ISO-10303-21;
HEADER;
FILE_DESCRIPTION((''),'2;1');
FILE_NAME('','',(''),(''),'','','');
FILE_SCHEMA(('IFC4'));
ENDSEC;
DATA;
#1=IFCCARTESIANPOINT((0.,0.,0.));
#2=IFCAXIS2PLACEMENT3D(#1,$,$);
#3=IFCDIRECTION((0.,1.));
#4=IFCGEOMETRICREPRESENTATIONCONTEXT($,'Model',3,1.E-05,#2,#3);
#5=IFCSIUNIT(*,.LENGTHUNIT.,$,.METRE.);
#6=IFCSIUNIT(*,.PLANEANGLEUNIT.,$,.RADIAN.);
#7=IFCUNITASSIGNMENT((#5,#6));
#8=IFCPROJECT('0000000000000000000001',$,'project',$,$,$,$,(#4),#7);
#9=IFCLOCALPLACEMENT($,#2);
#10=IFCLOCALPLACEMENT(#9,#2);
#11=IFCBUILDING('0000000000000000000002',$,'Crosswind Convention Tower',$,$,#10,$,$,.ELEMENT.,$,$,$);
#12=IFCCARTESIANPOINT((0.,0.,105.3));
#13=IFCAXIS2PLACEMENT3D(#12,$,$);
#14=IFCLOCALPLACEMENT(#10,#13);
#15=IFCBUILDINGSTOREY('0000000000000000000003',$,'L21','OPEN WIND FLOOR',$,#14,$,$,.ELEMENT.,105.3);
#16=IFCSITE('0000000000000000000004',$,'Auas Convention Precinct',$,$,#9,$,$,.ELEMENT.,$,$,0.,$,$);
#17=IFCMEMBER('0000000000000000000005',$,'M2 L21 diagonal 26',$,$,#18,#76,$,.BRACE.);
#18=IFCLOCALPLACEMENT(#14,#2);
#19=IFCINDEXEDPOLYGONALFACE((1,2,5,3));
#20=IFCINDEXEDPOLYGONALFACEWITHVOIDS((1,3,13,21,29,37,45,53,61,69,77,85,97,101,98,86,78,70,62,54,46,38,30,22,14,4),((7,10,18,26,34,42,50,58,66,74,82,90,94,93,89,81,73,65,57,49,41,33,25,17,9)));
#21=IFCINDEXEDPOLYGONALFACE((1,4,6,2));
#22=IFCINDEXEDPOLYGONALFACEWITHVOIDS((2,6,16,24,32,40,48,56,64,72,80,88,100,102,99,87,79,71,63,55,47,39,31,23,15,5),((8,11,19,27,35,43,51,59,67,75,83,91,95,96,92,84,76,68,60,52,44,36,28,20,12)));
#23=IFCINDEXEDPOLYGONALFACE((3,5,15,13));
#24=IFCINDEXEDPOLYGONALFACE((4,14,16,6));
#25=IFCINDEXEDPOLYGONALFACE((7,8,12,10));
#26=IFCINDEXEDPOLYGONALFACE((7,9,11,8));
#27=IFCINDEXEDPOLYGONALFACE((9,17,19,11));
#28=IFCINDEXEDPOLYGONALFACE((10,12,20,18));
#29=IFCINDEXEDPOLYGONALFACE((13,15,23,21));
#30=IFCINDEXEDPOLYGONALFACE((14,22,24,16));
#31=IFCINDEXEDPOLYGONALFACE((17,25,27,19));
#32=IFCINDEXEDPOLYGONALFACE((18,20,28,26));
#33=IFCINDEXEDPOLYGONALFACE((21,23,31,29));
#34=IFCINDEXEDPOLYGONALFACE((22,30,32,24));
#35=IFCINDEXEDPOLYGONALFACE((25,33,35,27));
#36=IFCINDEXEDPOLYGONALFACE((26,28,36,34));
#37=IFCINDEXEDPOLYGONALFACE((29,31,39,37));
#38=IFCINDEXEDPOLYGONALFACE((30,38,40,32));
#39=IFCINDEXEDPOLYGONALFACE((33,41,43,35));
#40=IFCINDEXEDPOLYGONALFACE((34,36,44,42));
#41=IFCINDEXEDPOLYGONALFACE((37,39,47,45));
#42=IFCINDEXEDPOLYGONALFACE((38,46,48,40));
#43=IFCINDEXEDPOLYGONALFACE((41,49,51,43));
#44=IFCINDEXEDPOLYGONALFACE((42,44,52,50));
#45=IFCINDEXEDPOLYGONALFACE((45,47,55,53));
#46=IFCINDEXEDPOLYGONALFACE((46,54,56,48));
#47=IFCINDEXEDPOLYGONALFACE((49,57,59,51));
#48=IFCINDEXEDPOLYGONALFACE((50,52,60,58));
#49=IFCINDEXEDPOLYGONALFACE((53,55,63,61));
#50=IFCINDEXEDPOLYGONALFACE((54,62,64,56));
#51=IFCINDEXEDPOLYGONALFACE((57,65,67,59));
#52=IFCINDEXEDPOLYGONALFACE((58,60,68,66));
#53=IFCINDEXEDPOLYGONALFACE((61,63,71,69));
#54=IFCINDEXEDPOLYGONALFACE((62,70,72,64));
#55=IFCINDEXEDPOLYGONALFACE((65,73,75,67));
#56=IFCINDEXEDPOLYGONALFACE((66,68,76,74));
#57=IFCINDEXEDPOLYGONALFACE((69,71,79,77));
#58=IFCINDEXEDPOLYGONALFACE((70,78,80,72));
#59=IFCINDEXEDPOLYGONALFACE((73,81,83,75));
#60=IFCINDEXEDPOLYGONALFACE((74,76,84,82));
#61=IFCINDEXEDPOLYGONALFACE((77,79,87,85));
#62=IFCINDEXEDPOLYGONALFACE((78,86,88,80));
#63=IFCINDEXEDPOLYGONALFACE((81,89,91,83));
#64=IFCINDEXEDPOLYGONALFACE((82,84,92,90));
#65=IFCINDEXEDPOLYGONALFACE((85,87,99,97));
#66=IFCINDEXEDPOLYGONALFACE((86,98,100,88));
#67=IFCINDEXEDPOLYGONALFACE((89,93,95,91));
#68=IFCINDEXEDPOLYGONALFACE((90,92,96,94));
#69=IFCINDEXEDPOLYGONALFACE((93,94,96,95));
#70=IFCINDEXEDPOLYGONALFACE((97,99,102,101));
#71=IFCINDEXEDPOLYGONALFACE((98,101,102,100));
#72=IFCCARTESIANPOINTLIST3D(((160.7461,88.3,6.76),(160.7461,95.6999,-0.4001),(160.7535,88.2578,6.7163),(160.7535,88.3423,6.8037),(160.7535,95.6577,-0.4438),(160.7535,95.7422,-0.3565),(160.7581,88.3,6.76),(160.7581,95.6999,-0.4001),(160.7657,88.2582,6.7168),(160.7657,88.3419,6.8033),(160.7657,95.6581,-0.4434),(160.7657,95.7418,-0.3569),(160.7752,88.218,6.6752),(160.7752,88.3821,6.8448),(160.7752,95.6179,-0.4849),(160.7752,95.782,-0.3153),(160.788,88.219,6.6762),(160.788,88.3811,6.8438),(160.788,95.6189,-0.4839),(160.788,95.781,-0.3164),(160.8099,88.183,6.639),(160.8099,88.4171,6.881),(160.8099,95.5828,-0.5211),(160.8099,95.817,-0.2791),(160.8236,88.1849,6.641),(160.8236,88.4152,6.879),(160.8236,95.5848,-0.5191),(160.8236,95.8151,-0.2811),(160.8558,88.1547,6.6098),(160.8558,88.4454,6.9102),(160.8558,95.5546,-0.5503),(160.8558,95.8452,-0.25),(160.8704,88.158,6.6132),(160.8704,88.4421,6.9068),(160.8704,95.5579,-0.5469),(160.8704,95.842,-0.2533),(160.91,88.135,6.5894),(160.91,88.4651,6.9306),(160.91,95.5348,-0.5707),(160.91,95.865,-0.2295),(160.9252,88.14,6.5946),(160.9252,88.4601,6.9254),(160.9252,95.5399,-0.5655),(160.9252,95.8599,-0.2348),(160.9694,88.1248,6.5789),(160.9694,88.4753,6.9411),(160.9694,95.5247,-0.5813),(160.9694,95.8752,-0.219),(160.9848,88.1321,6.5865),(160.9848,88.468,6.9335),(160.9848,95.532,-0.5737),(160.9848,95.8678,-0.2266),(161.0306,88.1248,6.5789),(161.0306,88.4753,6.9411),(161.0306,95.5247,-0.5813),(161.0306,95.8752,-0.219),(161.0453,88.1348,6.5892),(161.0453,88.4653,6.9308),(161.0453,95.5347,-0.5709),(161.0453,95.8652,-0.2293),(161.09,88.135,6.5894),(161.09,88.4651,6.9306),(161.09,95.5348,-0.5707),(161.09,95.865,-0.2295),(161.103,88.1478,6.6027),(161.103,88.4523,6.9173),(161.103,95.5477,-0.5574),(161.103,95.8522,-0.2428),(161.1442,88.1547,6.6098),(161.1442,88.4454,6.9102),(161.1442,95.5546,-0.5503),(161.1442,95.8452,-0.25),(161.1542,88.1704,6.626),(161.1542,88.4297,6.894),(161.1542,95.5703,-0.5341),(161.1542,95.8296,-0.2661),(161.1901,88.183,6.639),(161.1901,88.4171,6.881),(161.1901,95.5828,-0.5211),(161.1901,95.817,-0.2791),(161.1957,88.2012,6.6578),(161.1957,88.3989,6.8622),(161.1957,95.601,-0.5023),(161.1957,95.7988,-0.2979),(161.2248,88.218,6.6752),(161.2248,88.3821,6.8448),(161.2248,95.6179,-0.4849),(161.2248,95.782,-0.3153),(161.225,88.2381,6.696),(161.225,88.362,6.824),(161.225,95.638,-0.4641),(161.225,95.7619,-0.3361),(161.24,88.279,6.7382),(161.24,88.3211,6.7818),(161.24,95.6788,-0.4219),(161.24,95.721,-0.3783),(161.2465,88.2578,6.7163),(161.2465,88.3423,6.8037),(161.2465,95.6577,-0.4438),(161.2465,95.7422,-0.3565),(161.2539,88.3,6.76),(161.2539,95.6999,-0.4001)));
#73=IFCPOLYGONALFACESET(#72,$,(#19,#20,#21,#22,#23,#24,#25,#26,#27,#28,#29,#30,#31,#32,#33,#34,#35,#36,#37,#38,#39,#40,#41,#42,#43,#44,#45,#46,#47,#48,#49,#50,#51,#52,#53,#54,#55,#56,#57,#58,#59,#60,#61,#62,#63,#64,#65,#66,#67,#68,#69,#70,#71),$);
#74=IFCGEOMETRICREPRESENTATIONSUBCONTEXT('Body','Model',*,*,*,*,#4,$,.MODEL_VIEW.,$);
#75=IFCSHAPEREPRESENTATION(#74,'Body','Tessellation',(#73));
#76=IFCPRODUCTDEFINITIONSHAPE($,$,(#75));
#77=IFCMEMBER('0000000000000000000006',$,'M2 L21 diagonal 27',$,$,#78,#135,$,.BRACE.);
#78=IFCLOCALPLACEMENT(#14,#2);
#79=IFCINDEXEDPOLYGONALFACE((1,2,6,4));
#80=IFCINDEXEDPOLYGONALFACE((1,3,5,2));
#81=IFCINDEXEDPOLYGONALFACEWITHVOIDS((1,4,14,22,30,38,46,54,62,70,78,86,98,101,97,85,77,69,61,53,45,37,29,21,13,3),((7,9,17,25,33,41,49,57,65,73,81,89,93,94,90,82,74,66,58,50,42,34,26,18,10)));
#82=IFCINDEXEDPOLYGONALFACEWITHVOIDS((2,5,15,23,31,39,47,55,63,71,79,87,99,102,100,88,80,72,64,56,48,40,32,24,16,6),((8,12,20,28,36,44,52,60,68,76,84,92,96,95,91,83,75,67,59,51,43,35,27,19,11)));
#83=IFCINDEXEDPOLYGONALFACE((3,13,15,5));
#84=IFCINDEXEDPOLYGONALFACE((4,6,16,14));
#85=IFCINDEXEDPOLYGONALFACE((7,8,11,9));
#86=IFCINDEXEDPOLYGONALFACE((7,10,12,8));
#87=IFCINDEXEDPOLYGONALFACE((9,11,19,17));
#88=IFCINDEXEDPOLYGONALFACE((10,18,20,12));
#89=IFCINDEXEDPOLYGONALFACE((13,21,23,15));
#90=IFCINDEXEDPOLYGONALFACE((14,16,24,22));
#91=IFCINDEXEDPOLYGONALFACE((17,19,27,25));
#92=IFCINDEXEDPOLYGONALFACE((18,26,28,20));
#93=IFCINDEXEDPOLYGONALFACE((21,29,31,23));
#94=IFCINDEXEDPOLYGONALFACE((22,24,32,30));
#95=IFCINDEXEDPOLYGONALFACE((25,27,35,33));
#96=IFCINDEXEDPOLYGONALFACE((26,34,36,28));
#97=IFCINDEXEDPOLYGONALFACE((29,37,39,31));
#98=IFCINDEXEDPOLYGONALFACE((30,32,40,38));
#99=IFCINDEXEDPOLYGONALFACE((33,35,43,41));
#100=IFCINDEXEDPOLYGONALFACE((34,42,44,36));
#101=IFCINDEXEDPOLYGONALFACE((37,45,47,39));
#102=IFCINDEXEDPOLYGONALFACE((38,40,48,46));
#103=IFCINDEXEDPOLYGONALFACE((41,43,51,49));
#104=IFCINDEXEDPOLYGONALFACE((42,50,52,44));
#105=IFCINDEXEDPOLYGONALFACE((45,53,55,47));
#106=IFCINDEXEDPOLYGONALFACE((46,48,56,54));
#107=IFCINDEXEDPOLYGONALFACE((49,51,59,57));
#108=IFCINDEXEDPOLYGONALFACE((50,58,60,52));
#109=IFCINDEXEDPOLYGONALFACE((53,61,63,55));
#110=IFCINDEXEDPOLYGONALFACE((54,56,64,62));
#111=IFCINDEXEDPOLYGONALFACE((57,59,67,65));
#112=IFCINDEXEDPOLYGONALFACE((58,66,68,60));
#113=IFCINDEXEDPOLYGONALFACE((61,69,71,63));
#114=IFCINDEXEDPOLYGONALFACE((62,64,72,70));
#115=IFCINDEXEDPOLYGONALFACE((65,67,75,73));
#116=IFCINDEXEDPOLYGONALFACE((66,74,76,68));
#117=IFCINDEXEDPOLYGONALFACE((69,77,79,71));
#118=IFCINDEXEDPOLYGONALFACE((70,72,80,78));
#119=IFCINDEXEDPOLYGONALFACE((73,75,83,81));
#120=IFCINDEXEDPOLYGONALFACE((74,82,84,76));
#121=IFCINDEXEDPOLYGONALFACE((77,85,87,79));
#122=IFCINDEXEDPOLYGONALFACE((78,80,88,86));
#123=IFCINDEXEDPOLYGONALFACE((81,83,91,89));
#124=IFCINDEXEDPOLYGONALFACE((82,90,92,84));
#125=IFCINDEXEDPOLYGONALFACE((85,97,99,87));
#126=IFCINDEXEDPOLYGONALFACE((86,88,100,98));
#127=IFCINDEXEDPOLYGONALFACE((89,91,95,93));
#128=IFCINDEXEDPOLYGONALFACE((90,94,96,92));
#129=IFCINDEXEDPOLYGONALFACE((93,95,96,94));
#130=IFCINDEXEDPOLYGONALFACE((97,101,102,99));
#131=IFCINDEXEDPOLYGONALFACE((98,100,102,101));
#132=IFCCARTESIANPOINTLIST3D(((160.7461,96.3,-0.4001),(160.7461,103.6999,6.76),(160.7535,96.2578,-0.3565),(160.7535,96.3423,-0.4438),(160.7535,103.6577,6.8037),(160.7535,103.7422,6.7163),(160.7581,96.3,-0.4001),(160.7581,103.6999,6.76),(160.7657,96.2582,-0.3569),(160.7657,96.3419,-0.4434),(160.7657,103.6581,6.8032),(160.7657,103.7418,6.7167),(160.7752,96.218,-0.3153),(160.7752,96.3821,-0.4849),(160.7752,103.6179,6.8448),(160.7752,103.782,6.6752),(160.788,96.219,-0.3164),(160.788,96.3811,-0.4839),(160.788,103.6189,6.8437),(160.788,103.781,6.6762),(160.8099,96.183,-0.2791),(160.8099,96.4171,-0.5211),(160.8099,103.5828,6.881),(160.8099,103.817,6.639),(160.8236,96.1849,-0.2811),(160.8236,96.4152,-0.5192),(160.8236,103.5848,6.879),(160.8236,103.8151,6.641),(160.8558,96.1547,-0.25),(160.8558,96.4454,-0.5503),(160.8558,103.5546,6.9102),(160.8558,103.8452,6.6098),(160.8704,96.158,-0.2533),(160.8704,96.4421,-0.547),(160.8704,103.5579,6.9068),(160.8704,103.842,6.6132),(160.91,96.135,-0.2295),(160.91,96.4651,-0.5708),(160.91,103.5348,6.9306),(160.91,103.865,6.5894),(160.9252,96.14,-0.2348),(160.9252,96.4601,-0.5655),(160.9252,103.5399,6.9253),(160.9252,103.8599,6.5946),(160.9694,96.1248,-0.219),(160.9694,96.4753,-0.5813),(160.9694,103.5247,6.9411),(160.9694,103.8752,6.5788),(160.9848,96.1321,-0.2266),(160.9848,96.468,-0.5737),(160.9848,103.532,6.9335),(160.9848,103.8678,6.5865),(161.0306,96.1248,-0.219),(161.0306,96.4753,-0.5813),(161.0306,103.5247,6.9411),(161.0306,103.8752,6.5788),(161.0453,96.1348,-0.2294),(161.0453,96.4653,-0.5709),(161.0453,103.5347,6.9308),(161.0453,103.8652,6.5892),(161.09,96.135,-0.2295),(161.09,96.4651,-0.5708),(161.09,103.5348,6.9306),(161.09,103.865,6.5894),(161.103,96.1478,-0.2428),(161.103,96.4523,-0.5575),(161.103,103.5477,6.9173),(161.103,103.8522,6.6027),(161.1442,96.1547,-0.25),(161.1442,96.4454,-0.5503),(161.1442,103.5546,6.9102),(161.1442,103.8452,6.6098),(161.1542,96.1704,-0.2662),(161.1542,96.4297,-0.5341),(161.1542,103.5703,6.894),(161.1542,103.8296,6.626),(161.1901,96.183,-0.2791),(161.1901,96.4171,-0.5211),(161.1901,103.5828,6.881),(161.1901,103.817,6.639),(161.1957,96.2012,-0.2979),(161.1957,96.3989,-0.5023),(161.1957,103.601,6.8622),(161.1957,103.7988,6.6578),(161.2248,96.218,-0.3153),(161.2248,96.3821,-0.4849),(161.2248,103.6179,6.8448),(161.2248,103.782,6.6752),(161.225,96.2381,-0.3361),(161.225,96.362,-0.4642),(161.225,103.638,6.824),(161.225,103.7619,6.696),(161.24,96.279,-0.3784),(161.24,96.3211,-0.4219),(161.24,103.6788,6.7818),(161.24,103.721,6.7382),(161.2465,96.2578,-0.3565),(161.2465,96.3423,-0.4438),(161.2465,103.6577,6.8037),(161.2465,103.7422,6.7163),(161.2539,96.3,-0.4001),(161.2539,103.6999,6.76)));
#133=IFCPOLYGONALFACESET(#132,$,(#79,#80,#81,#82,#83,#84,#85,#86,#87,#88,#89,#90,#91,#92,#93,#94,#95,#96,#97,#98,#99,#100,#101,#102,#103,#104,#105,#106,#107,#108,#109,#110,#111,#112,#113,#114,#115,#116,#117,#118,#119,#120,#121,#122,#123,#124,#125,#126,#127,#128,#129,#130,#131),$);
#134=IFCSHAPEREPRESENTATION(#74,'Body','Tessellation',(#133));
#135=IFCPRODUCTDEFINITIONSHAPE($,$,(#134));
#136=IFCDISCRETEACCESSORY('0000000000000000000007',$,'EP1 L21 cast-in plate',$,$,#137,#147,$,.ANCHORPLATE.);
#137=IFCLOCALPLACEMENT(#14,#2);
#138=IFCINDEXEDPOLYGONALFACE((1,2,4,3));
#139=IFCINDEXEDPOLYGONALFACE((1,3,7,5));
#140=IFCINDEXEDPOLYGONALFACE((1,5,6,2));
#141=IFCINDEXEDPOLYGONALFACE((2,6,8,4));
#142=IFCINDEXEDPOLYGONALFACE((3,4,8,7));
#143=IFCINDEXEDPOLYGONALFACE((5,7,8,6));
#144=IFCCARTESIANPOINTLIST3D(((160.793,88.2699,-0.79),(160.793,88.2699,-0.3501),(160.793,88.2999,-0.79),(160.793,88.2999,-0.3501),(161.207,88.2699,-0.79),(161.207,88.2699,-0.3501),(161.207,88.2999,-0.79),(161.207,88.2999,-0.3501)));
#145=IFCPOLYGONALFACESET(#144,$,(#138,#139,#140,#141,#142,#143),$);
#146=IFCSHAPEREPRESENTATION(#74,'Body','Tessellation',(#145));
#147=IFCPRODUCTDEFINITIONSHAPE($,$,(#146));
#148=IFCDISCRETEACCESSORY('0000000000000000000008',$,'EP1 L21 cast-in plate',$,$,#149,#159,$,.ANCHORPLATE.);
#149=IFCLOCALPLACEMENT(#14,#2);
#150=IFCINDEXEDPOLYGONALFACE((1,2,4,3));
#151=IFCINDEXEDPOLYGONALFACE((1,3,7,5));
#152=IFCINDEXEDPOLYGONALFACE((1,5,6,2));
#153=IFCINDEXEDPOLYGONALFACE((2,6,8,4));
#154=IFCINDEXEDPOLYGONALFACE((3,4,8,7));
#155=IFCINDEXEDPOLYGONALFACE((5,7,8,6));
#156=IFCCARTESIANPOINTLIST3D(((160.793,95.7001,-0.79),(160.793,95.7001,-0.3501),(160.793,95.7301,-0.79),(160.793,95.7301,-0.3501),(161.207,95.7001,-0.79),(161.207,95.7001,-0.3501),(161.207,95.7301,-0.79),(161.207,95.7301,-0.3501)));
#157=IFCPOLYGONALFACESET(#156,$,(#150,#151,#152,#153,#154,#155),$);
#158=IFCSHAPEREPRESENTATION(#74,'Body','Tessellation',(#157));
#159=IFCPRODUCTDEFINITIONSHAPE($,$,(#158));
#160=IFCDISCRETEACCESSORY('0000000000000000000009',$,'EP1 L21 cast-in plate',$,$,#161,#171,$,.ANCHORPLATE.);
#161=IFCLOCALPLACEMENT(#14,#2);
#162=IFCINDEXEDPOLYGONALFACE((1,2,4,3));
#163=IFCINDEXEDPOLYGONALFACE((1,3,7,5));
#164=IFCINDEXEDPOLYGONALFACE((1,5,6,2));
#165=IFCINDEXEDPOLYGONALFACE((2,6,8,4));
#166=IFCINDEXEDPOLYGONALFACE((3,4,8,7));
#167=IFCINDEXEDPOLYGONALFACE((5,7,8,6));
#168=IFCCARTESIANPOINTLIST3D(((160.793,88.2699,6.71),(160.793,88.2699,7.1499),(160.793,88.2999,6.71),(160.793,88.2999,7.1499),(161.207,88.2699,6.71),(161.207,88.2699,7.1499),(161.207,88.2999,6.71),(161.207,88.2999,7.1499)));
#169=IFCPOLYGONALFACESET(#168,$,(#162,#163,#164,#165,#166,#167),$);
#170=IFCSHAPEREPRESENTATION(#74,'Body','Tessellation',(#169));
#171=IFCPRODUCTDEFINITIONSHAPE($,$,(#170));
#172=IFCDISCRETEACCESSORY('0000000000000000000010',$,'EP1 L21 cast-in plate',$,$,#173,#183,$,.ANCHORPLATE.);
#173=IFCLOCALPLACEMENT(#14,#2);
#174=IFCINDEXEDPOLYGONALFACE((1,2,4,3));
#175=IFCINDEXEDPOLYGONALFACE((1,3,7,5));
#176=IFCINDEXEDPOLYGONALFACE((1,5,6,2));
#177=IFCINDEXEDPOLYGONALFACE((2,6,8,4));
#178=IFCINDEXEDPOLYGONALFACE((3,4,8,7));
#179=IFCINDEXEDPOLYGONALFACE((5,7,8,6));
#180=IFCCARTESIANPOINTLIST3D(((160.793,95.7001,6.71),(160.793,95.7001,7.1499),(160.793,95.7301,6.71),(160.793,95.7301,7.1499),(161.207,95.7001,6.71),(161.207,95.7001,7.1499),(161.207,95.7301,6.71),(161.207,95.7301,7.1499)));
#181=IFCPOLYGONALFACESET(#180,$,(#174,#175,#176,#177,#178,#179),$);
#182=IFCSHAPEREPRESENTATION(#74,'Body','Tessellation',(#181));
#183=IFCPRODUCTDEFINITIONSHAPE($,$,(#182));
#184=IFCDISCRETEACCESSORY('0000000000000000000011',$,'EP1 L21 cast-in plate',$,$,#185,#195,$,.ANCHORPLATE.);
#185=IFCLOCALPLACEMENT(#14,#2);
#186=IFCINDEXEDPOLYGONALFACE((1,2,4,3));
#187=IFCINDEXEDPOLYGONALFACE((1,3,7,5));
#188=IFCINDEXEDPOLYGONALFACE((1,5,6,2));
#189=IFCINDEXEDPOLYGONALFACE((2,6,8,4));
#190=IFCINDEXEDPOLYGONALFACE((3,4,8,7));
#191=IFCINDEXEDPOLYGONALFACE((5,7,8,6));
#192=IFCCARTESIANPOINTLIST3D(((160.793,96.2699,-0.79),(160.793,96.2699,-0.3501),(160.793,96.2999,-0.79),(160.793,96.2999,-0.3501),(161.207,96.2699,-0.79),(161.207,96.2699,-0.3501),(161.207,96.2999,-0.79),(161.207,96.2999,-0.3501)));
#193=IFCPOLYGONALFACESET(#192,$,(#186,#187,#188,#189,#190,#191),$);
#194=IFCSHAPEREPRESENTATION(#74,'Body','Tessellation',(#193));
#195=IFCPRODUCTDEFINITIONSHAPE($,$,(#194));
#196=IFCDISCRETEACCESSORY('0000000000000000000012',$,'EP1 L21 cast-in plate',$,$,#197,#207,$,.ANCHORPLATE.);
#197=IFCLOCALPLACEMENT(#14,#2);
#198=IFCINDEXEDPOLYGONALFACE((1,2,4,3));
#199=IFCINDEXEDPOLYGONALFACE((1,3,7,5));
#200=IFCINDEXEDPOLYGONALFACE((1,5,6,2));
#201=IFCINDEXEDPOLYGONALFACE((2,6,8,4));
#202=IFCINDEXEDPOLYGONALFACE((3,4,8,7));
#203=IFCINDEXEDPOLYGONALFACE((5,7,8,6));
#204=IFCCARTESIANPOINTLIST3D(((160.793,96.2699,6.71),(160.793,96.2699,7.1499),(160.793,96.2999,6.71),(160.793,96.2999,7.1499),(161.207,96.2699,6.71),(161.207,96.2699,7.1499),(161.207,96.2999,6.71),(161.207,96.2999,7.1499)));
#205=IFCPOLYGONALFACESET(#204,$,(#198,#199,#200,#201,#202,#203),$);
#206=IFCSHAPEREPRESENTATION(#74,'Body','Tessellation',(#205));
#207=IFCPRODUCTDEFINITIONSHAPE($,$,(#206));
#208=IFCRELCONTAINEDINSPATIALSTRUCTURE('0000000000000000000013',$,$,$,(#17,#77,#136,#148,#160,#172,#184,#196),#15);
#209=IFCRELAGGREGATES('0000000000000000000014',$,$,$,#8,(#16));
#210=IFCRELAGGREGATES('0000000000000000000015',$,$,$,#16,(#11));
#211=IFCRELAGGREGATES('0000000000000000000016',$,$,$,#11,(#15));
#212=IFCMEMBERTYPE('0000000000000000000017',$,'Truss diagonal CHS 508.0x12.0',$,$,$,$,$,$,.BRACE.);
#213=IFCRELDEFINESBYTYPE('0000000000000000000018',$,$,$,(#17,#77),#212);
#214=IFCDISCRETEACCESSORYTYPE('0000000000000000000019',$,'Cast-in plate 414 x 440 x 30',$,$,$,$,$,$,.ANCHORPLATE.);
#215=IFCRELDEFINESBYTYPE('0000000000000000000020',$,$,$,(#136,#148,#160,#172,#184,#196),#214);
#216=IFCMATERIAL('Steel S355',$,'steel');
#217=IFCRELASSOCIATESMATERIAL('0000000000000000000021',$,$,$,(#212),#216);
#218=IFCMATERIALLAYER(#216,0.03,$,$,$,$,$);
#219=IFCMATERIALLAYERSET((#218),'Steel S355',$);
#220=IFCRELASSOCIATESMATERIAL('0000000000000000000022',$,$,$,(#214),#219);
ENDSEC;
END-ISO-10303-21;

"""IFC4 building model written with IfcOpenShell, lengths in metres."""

from ifc_helpers import new_model, si_unit, direction, frame, origin, origin_2d, place, context, subcontext, project, spatial, rectangle, hollow_circle, extrude, material, layer, layer_set, material_profile, profile_set, type_object, element, save


model = new_model("IFC4")

# Units and contexts
model_context = context("Model", 3, precision=1e-05, world=origin(), true_north=direction((0.0, 1.0)))
body_context = subcontext(model_context, "Body", "Model", "MODEL_VIEW")
ifc_project = project(units=[si_unit("LENGTHUNIT", "METRE"), si_unit("PLANEANGLEUNIT", "RADIAN")], contexts=[model_context])

# Site, building, storey
site_placement = place(None, origin())
site = spatial("IfcSite", under=ifc_project, at=site_placement, Name="Auas Convention Precinct", CompositionType="ELEMENT", RefElevation=0.0)
building_placement = place(site_placement, origin())
building = spatial("IfcBuilding", under=site, at=building_placement, Name="Crosswind Convention Tower", CompositionType="ELEMENT")
storey_placement = place(building_placement, frame((0.0, 0.0, 105.3)))
storey = spatial("IfcBuildingStorey", under=building, at=storey_placement, Name="L21", Description="OPEN WIND FLOOR", CompositionType="ELEMENT", Elevation=105.3)

# Shared definitions
ifc_material_1 = material(Name="Steel S355", Category="steel")

# Members
ifc_material_profile_1 = material_profile(ifc_material_1, hollow_circle(Radius=0.2539, WallThickness=0.012, at=origin_2d()), Name="CHS 508.0x12.0")
ifc_profile_set_1 = profile_set([ifc_material_profile_1], Name="Steel S355")
member_type_1 = type_object("IfcMemberType", Name="Truss diagonal CHS 508.0x12.0", PredefinedType="BRACE", material=ifc_profile_set_1)
for number, where, z_axis, x_axis, name in (
    (1, (161.0, 88.3, 6.76), (0.0, 0.718653, -0.695369), (-1.0, 0.0, 0.0), "M2 L21 diagonal 26"),
    (2, (161.0, 96.3, -0.4001), (0.0, 0.718653, 0.695369), (-1.0, 0.0, 0.0), "M2 L21 diagonal 27"),
):
    element("IfcMember", number, at=place(storey_placement, frame(where, z_axis=z_axis, x_axis=x_axis)), inside=storey, type_object=member_type_1, Name=name, PredefinedType="BRACE", context=body_context, shape_type="SweptSolid", body=[
        extrude(hollow_circle(Radius=0.2539, WallThickness=0.012, at=origin_2d()), origin(), (0.0, 0.0, 1.0), 10.2969),
    ])

# Discrete accessories
ifc_layer = layer(ifc_material_1, 0.03)
ifc_layer_set = layer_set([ifc_layer], Name="Steel S355")
discrete_accessory_type_1 = type_object("IfcDiscreteAccessoryType", Name="Cast-in plate 414 x 440 x 30", PredefinedType="ANCHORPLATE", material=ifc_layer_set)
for number, where, z_axis, x_axis, name in (
    (3, (161.0, 88.2849, -0.79), (0.0, 0.0, 1.0), (1.0, 0.0, 0.0), "EP1 L21 cast-in plate"),
    (4, (161.0, 95.7151, -0.79), (0.0, 0.0, 1.0), (1.0, 0.0, 0.0), "EP1 L21 cast-in plate"),
    (5, (161.0, 88.2849, 6.71), (0.0, 0.0, 1.0), (1.0, 0.0, 0.0), "EP1 L21 cast-in plate"),
    (6, (161.0, 95.7151, 6.71), (0.0, 0.0, 1.0), (1.0, 0.0, 0.0), "EP1 L21 cast-in plate"),
    (7, (161.0, 96.2849, -0.79), (0.0, 0.0, 1.0), (1.0, 0.0, 0.0), "EP1 L21 cast-in plate"),
    (8, (161.0, 96.2849, 6.71), (0.0, 0.0, 1.0), (1.0, 0.0, 0.0), "EP1 L21 cast-in plate"),
):
    element("IfcDiscreteAccessory", number, at=place(storey_placement, frame(where, z_axis=z_axis, x_axis=x_axis)), inside=storey, type_object=discrete_accessory_type_1, Name=name, PredefinedType="ANCHORPLATE", context=body_context, shape_type="SweptSolid", body=[
        extrude(rectangle(XDim=0.4141, YDim=0.03, at=origin_2d()), origin(), (0.0, 0.0, 1.0), 0.4399),
    ])

save(model, "model.ifc")
